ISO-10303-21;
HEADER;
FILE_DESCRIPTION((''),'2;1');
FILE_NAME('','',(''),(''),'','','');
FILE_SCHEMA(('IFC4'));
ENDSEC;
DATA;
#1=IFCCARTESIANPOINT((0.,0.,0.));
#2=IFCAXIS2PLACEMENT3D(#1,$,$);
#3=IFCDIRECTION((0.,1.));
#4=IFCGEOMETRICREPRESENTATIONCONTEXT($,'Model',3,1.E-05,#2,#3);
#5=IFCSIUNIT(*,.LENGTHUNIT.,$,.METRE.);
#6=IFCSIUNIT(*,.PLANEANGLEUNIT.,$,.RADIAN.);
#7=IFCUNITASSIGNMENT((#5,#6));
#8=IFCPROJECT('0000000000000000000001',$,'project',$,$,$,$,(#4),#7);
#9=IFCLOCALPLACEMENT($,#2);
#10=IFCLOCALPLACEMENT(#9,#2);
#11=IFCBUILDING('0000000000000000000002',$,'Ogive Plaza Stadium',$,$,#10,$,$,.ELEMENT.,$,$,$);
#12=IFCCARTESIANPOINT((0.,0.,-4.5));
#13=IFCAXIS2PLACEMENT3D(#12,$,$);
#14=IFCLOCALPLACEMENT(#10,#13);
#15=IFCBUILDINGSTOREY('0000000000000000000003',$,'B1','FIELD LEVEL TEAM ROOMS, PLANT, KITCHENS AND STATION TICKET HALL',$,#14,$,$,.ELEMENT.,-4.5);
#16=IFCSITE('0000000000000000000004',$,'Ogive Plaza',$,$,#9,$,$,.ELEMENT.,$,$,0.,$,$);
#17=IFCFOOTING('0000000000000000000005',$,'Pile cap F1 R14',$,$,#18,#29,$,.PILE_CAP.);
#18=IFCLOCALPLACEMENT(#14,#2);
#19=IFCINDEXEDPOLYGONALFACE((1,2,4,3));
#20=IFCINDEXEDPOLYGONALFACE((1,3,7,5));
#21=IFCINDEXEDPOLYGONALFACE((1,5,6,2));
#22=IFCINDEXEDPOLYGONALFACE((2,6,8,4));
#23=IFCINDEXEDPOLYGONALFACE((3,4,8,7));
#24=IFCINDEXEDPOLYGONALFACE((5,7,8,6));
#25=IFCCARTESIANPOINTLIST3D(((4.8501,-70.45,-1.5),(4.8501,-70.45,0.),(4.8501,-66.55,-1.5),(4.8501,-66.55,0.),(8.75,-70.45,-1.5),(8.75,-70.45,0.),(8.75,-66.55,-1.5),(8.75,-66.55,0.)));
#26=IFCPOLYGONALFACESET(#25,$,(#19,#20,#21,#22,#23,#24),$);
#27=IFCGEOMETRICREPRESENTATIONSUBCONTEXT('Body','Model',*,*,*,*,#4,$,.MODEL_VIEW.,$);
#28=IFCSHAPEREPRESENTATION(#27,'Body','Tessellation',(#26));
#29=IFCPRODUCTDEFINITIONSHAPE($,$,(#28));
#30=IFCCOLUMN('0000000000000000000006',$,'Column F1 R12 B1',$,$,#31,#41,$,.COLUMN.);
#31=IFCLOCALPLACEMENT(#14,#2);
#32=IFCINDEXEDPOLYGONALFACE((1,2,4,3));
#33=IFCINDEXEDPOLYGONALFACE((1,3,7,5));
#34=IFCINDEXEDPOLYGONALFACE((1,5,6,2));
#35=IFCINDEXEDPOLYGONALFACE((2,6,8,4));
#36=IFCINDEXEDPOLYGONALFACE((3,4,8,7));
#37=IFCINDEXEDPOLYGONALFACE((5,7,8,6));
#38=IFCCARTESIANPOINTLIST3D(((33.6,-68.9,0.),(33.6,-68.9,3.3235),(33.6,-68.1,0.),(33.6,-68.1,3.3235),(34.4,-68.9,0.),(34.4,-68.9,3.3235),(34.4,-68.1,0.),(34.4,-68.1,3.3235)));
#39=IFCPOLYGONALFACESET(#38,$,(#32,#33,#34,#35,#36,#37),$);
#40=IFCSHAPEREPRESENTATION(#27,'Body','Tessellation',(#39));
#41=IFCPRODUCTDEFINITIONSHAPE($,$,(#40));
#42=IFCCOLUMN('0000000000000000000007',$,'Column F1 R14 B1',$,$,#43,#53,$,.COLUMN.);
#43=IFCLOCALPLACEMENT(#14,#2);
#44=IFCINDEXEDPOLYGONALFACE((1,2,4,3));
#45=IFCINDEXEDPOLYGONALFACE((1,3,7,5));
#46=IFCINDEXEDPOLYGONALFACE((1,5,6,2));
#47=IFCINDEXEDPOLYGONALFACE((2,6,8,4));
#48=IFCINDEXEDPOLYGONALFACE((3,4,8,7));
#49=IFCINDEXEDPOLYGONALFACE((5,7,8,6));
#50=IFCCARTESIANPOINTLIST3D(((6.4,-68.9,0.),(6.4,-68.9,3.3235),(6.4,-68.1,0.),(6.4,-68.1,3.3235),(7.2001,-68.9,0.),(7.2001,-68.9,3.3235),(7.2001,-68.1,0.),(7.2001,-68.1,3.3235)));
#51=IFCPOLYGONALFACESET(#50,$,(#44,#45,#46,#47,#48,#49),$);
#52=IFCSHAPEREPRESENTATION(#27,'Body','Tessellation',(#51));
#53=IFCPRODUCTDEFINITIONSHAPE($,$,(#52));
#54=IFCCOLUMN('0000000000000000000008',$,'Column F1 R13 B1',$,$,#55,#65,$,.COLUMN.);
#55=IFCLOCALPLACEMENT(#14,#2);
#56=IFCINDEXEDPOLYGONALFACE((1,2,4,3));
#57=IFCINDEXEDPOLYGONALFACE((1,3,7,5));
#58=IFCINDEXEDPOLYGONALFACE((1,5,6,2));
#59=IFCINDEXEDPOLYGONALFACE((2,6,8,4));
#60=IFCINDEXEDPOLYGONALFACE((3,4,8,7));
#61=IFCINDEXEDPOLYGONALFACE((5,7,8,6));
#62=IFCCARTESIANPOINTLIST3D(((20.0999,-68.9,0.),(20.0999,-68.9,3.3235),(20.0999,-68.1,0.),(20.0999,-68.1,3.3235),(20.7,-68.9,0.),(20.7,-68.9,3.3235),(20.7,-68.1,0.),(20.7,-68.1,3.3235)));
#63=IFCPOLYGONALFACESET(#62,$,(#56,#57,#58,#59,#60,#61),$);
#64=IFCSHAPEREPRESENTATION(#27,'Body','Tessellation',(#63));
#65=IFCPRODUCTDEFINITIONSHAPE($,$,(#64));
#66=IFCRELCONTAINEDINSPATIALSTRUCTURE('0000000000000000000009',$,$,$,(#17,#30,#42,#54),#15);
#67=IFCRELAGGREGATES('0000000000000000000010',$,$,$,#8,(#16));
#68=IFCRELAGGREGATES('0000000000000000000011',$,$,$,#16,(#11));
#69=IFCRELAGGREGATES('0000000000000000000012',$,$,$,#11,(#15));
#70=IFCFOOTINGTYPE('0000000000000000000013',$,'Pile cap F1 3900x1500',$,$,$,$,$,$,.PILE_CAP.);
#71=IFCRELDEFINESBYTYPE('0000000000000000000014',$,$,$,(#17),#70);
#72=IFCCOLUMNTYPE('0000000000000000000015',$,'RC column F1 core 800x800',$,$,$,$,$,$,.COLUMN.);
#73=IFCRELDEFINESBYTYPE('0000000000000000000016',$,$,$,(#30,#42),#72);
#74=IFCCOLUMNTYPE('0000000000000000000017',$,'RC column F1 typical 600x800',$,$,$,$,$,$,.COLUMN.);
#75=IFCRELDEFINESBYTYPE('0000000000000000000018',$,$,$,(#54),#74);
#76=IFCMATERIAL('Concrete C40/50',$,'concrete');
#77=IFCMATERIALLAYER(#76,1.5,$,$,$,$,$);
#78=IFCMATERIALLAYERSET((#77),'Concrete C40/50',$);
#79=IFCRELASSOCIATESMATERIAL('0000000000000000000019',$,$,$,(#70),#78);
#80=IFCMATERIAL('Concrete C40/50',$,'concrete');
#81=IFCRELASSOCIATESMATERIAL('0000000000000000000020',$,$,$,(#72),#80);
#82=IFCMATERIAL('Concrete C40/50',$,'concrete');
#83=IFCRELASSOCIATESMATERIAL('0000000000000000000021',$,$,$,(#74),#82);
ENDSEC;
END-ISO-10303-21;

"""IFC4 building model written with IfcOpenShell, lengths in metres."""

from ifc_helpers import new_model, si_unit, direction, frame, origin, origin_2d, place, context, subcontext, project, spatial, rectangle, extrude, material, layer, layer_set, material_profile, profile_set, type_object, element, save


model = new_model("IFC4")

# Units and contexts
model_context = context("Model", 3, precision=1e-05, world=origin(), true_north=direction((0.0, 1.0)))
body_context = subcontext(model_context, "Body", "Model", "MODEL_VIEW")
ifc_project = project(units=[si_unit("LENGTHUNIT", "METRE"), si_unit("PLANEANGLEUNIT", "RADIAN")], contexts=[model_context])

# Site, building, storey
site_placement = place(None, origin())
site = spatial("IfcSite", under=ifc_project, at=site_placement, Name="Ogive Plaza", CompositionType="ELEMENT", RefElevation=0.0)
building_placement = place(site_placement, origin())
building = spatial("IfcBuilding", under=site, at=building_placement, Name="Ogive Plaza Stadium", CompositionType="ELEMENT")
storey_placement = place(building_placement, frame((0.0, 0.0, -4.5)))
storey = spatial("IfcBuildingStorey", under=building, at=storey_placement, Name="B1", Description="FIELD LEVEL TEAM ROOMS, PLANT, KITCHENS AND STATION TICKET HALL", CompositionType="ELEMENT", Elevation=-4.5)

# Footing
ifc_material_1 = material(Name="Concrete C40/50", Category="concrete")
ifc_layer_1 = layer(ifc_material_1, 1.5)
ifc_layer_set_1 = layer_set([ifc_layer_1], Name="Concrete C40/50")
footing_type = type_object("IfcFootingType", Name="Pile cap F1 3900x1500", PredefinedType="PILE_CAP", material=ifc_layer_set_1)
for number, where, z_axis, x_axis, name in (
    (1, (6.8, -68.5, -1.5), (0.0, 0.0, 1.0), (0.0, -1.0, 0.0), "Pile cap F1 R14"),
):
    element("IfcFooting", number, at=place(storey_placement, frame(where, z_axis=z_axis, x_axis=x_axis)), inside=storey, type_object=footing_type, Name=name, PredefinedType="PILE_CAP", context=body_context, shape_type="SweptSolid", body=[
        extrude(rectangle(XDim=3.8999, YDim=3.8999, at=origin_2d()), origin(), (0.0, 0.0, 1.0), 1.5),
    ])

# Columns
ifc_material_2 = material(Name="Concrete C40/50", Category="concrete")
ifc_material_profile_1 = material_profile(ifc_material_2, rectangle(XDim=0.8, YDim=0.8, at=origin_2d()), Name="RC 800x800")
ifc_profile_set_1 = profile_set([ifc_material_profile_1], Name="Concrete C40/50")
column_type_1 = type_object("IfcColumnType", Name="RC column F1 core 800x800", PredefinedType="COLUMN", material=ifc_profile_set_1)
for number, where, z_axis, x_axis, name in (
    (2, (34.0, -68.5, 0.0), (0.0, 0.0, 1.0), (1.0, 0.0, 0.0), "Column F1 R12 B1"),
    (3, (6.8, -68.5, 0.0), (0.0, 0.0, 1.0), (1.0, 0.0, 0.0), "Column F1 R14 B1"),
):
    element("IfcColumn", number, at=place(storey_placement, frame(where, z_axis=z_axis, x_axis=x_axis)), inside=storey, type_object=column_type_1, Name=name, PredefinedType="COLUMN", context=body_context, shape_type="SweptSolid", body=[
        extrude(rectangle(XDim=0.8, YDim=0.8, at=origin_2d()), origin(), (0.0, 0.0, 1.0), 3.3235),
    ])
ifc_material_3 = material(Name="Concrete C40/50", Category="concrete")
ifc_material_profile_2 = material_profile(ifc_material_3, rectangle(XDim=0.6001, YDim=0.8, at=origin_2d()), Name="RC 600x800")
ifc_profile_set_2 = profile_set([ifc_material_profile_2], Name="Concrete C40/50")
column_type_2 = type_object("IfcColumnType", Name="RC column F1 typical 600x800", PredefinedType="COLUMN", material=ifc_profile_set_2)
column_placement = place(storey_placement, frame((20.3999, -68.5, 0.0), z_axis=(0.0, 0.0, 1.0), x_axis=(1.0, 0.0, 0.0)))
element("IfcColumn", 4, at=column_placement, inside=storey, type_object=column_type_2, Name="Column F1 R13 B1", PredefinedType="COLUMN", context=body_context, shape_type="SweptSolid", body=[
    extrude(rectangle(XDim=0.6001, YDim=0.8, at=origin_2d()), origin(), (0.0, 0.0, 1.0), 3.3235),
])

save(model, "model.ifc")
